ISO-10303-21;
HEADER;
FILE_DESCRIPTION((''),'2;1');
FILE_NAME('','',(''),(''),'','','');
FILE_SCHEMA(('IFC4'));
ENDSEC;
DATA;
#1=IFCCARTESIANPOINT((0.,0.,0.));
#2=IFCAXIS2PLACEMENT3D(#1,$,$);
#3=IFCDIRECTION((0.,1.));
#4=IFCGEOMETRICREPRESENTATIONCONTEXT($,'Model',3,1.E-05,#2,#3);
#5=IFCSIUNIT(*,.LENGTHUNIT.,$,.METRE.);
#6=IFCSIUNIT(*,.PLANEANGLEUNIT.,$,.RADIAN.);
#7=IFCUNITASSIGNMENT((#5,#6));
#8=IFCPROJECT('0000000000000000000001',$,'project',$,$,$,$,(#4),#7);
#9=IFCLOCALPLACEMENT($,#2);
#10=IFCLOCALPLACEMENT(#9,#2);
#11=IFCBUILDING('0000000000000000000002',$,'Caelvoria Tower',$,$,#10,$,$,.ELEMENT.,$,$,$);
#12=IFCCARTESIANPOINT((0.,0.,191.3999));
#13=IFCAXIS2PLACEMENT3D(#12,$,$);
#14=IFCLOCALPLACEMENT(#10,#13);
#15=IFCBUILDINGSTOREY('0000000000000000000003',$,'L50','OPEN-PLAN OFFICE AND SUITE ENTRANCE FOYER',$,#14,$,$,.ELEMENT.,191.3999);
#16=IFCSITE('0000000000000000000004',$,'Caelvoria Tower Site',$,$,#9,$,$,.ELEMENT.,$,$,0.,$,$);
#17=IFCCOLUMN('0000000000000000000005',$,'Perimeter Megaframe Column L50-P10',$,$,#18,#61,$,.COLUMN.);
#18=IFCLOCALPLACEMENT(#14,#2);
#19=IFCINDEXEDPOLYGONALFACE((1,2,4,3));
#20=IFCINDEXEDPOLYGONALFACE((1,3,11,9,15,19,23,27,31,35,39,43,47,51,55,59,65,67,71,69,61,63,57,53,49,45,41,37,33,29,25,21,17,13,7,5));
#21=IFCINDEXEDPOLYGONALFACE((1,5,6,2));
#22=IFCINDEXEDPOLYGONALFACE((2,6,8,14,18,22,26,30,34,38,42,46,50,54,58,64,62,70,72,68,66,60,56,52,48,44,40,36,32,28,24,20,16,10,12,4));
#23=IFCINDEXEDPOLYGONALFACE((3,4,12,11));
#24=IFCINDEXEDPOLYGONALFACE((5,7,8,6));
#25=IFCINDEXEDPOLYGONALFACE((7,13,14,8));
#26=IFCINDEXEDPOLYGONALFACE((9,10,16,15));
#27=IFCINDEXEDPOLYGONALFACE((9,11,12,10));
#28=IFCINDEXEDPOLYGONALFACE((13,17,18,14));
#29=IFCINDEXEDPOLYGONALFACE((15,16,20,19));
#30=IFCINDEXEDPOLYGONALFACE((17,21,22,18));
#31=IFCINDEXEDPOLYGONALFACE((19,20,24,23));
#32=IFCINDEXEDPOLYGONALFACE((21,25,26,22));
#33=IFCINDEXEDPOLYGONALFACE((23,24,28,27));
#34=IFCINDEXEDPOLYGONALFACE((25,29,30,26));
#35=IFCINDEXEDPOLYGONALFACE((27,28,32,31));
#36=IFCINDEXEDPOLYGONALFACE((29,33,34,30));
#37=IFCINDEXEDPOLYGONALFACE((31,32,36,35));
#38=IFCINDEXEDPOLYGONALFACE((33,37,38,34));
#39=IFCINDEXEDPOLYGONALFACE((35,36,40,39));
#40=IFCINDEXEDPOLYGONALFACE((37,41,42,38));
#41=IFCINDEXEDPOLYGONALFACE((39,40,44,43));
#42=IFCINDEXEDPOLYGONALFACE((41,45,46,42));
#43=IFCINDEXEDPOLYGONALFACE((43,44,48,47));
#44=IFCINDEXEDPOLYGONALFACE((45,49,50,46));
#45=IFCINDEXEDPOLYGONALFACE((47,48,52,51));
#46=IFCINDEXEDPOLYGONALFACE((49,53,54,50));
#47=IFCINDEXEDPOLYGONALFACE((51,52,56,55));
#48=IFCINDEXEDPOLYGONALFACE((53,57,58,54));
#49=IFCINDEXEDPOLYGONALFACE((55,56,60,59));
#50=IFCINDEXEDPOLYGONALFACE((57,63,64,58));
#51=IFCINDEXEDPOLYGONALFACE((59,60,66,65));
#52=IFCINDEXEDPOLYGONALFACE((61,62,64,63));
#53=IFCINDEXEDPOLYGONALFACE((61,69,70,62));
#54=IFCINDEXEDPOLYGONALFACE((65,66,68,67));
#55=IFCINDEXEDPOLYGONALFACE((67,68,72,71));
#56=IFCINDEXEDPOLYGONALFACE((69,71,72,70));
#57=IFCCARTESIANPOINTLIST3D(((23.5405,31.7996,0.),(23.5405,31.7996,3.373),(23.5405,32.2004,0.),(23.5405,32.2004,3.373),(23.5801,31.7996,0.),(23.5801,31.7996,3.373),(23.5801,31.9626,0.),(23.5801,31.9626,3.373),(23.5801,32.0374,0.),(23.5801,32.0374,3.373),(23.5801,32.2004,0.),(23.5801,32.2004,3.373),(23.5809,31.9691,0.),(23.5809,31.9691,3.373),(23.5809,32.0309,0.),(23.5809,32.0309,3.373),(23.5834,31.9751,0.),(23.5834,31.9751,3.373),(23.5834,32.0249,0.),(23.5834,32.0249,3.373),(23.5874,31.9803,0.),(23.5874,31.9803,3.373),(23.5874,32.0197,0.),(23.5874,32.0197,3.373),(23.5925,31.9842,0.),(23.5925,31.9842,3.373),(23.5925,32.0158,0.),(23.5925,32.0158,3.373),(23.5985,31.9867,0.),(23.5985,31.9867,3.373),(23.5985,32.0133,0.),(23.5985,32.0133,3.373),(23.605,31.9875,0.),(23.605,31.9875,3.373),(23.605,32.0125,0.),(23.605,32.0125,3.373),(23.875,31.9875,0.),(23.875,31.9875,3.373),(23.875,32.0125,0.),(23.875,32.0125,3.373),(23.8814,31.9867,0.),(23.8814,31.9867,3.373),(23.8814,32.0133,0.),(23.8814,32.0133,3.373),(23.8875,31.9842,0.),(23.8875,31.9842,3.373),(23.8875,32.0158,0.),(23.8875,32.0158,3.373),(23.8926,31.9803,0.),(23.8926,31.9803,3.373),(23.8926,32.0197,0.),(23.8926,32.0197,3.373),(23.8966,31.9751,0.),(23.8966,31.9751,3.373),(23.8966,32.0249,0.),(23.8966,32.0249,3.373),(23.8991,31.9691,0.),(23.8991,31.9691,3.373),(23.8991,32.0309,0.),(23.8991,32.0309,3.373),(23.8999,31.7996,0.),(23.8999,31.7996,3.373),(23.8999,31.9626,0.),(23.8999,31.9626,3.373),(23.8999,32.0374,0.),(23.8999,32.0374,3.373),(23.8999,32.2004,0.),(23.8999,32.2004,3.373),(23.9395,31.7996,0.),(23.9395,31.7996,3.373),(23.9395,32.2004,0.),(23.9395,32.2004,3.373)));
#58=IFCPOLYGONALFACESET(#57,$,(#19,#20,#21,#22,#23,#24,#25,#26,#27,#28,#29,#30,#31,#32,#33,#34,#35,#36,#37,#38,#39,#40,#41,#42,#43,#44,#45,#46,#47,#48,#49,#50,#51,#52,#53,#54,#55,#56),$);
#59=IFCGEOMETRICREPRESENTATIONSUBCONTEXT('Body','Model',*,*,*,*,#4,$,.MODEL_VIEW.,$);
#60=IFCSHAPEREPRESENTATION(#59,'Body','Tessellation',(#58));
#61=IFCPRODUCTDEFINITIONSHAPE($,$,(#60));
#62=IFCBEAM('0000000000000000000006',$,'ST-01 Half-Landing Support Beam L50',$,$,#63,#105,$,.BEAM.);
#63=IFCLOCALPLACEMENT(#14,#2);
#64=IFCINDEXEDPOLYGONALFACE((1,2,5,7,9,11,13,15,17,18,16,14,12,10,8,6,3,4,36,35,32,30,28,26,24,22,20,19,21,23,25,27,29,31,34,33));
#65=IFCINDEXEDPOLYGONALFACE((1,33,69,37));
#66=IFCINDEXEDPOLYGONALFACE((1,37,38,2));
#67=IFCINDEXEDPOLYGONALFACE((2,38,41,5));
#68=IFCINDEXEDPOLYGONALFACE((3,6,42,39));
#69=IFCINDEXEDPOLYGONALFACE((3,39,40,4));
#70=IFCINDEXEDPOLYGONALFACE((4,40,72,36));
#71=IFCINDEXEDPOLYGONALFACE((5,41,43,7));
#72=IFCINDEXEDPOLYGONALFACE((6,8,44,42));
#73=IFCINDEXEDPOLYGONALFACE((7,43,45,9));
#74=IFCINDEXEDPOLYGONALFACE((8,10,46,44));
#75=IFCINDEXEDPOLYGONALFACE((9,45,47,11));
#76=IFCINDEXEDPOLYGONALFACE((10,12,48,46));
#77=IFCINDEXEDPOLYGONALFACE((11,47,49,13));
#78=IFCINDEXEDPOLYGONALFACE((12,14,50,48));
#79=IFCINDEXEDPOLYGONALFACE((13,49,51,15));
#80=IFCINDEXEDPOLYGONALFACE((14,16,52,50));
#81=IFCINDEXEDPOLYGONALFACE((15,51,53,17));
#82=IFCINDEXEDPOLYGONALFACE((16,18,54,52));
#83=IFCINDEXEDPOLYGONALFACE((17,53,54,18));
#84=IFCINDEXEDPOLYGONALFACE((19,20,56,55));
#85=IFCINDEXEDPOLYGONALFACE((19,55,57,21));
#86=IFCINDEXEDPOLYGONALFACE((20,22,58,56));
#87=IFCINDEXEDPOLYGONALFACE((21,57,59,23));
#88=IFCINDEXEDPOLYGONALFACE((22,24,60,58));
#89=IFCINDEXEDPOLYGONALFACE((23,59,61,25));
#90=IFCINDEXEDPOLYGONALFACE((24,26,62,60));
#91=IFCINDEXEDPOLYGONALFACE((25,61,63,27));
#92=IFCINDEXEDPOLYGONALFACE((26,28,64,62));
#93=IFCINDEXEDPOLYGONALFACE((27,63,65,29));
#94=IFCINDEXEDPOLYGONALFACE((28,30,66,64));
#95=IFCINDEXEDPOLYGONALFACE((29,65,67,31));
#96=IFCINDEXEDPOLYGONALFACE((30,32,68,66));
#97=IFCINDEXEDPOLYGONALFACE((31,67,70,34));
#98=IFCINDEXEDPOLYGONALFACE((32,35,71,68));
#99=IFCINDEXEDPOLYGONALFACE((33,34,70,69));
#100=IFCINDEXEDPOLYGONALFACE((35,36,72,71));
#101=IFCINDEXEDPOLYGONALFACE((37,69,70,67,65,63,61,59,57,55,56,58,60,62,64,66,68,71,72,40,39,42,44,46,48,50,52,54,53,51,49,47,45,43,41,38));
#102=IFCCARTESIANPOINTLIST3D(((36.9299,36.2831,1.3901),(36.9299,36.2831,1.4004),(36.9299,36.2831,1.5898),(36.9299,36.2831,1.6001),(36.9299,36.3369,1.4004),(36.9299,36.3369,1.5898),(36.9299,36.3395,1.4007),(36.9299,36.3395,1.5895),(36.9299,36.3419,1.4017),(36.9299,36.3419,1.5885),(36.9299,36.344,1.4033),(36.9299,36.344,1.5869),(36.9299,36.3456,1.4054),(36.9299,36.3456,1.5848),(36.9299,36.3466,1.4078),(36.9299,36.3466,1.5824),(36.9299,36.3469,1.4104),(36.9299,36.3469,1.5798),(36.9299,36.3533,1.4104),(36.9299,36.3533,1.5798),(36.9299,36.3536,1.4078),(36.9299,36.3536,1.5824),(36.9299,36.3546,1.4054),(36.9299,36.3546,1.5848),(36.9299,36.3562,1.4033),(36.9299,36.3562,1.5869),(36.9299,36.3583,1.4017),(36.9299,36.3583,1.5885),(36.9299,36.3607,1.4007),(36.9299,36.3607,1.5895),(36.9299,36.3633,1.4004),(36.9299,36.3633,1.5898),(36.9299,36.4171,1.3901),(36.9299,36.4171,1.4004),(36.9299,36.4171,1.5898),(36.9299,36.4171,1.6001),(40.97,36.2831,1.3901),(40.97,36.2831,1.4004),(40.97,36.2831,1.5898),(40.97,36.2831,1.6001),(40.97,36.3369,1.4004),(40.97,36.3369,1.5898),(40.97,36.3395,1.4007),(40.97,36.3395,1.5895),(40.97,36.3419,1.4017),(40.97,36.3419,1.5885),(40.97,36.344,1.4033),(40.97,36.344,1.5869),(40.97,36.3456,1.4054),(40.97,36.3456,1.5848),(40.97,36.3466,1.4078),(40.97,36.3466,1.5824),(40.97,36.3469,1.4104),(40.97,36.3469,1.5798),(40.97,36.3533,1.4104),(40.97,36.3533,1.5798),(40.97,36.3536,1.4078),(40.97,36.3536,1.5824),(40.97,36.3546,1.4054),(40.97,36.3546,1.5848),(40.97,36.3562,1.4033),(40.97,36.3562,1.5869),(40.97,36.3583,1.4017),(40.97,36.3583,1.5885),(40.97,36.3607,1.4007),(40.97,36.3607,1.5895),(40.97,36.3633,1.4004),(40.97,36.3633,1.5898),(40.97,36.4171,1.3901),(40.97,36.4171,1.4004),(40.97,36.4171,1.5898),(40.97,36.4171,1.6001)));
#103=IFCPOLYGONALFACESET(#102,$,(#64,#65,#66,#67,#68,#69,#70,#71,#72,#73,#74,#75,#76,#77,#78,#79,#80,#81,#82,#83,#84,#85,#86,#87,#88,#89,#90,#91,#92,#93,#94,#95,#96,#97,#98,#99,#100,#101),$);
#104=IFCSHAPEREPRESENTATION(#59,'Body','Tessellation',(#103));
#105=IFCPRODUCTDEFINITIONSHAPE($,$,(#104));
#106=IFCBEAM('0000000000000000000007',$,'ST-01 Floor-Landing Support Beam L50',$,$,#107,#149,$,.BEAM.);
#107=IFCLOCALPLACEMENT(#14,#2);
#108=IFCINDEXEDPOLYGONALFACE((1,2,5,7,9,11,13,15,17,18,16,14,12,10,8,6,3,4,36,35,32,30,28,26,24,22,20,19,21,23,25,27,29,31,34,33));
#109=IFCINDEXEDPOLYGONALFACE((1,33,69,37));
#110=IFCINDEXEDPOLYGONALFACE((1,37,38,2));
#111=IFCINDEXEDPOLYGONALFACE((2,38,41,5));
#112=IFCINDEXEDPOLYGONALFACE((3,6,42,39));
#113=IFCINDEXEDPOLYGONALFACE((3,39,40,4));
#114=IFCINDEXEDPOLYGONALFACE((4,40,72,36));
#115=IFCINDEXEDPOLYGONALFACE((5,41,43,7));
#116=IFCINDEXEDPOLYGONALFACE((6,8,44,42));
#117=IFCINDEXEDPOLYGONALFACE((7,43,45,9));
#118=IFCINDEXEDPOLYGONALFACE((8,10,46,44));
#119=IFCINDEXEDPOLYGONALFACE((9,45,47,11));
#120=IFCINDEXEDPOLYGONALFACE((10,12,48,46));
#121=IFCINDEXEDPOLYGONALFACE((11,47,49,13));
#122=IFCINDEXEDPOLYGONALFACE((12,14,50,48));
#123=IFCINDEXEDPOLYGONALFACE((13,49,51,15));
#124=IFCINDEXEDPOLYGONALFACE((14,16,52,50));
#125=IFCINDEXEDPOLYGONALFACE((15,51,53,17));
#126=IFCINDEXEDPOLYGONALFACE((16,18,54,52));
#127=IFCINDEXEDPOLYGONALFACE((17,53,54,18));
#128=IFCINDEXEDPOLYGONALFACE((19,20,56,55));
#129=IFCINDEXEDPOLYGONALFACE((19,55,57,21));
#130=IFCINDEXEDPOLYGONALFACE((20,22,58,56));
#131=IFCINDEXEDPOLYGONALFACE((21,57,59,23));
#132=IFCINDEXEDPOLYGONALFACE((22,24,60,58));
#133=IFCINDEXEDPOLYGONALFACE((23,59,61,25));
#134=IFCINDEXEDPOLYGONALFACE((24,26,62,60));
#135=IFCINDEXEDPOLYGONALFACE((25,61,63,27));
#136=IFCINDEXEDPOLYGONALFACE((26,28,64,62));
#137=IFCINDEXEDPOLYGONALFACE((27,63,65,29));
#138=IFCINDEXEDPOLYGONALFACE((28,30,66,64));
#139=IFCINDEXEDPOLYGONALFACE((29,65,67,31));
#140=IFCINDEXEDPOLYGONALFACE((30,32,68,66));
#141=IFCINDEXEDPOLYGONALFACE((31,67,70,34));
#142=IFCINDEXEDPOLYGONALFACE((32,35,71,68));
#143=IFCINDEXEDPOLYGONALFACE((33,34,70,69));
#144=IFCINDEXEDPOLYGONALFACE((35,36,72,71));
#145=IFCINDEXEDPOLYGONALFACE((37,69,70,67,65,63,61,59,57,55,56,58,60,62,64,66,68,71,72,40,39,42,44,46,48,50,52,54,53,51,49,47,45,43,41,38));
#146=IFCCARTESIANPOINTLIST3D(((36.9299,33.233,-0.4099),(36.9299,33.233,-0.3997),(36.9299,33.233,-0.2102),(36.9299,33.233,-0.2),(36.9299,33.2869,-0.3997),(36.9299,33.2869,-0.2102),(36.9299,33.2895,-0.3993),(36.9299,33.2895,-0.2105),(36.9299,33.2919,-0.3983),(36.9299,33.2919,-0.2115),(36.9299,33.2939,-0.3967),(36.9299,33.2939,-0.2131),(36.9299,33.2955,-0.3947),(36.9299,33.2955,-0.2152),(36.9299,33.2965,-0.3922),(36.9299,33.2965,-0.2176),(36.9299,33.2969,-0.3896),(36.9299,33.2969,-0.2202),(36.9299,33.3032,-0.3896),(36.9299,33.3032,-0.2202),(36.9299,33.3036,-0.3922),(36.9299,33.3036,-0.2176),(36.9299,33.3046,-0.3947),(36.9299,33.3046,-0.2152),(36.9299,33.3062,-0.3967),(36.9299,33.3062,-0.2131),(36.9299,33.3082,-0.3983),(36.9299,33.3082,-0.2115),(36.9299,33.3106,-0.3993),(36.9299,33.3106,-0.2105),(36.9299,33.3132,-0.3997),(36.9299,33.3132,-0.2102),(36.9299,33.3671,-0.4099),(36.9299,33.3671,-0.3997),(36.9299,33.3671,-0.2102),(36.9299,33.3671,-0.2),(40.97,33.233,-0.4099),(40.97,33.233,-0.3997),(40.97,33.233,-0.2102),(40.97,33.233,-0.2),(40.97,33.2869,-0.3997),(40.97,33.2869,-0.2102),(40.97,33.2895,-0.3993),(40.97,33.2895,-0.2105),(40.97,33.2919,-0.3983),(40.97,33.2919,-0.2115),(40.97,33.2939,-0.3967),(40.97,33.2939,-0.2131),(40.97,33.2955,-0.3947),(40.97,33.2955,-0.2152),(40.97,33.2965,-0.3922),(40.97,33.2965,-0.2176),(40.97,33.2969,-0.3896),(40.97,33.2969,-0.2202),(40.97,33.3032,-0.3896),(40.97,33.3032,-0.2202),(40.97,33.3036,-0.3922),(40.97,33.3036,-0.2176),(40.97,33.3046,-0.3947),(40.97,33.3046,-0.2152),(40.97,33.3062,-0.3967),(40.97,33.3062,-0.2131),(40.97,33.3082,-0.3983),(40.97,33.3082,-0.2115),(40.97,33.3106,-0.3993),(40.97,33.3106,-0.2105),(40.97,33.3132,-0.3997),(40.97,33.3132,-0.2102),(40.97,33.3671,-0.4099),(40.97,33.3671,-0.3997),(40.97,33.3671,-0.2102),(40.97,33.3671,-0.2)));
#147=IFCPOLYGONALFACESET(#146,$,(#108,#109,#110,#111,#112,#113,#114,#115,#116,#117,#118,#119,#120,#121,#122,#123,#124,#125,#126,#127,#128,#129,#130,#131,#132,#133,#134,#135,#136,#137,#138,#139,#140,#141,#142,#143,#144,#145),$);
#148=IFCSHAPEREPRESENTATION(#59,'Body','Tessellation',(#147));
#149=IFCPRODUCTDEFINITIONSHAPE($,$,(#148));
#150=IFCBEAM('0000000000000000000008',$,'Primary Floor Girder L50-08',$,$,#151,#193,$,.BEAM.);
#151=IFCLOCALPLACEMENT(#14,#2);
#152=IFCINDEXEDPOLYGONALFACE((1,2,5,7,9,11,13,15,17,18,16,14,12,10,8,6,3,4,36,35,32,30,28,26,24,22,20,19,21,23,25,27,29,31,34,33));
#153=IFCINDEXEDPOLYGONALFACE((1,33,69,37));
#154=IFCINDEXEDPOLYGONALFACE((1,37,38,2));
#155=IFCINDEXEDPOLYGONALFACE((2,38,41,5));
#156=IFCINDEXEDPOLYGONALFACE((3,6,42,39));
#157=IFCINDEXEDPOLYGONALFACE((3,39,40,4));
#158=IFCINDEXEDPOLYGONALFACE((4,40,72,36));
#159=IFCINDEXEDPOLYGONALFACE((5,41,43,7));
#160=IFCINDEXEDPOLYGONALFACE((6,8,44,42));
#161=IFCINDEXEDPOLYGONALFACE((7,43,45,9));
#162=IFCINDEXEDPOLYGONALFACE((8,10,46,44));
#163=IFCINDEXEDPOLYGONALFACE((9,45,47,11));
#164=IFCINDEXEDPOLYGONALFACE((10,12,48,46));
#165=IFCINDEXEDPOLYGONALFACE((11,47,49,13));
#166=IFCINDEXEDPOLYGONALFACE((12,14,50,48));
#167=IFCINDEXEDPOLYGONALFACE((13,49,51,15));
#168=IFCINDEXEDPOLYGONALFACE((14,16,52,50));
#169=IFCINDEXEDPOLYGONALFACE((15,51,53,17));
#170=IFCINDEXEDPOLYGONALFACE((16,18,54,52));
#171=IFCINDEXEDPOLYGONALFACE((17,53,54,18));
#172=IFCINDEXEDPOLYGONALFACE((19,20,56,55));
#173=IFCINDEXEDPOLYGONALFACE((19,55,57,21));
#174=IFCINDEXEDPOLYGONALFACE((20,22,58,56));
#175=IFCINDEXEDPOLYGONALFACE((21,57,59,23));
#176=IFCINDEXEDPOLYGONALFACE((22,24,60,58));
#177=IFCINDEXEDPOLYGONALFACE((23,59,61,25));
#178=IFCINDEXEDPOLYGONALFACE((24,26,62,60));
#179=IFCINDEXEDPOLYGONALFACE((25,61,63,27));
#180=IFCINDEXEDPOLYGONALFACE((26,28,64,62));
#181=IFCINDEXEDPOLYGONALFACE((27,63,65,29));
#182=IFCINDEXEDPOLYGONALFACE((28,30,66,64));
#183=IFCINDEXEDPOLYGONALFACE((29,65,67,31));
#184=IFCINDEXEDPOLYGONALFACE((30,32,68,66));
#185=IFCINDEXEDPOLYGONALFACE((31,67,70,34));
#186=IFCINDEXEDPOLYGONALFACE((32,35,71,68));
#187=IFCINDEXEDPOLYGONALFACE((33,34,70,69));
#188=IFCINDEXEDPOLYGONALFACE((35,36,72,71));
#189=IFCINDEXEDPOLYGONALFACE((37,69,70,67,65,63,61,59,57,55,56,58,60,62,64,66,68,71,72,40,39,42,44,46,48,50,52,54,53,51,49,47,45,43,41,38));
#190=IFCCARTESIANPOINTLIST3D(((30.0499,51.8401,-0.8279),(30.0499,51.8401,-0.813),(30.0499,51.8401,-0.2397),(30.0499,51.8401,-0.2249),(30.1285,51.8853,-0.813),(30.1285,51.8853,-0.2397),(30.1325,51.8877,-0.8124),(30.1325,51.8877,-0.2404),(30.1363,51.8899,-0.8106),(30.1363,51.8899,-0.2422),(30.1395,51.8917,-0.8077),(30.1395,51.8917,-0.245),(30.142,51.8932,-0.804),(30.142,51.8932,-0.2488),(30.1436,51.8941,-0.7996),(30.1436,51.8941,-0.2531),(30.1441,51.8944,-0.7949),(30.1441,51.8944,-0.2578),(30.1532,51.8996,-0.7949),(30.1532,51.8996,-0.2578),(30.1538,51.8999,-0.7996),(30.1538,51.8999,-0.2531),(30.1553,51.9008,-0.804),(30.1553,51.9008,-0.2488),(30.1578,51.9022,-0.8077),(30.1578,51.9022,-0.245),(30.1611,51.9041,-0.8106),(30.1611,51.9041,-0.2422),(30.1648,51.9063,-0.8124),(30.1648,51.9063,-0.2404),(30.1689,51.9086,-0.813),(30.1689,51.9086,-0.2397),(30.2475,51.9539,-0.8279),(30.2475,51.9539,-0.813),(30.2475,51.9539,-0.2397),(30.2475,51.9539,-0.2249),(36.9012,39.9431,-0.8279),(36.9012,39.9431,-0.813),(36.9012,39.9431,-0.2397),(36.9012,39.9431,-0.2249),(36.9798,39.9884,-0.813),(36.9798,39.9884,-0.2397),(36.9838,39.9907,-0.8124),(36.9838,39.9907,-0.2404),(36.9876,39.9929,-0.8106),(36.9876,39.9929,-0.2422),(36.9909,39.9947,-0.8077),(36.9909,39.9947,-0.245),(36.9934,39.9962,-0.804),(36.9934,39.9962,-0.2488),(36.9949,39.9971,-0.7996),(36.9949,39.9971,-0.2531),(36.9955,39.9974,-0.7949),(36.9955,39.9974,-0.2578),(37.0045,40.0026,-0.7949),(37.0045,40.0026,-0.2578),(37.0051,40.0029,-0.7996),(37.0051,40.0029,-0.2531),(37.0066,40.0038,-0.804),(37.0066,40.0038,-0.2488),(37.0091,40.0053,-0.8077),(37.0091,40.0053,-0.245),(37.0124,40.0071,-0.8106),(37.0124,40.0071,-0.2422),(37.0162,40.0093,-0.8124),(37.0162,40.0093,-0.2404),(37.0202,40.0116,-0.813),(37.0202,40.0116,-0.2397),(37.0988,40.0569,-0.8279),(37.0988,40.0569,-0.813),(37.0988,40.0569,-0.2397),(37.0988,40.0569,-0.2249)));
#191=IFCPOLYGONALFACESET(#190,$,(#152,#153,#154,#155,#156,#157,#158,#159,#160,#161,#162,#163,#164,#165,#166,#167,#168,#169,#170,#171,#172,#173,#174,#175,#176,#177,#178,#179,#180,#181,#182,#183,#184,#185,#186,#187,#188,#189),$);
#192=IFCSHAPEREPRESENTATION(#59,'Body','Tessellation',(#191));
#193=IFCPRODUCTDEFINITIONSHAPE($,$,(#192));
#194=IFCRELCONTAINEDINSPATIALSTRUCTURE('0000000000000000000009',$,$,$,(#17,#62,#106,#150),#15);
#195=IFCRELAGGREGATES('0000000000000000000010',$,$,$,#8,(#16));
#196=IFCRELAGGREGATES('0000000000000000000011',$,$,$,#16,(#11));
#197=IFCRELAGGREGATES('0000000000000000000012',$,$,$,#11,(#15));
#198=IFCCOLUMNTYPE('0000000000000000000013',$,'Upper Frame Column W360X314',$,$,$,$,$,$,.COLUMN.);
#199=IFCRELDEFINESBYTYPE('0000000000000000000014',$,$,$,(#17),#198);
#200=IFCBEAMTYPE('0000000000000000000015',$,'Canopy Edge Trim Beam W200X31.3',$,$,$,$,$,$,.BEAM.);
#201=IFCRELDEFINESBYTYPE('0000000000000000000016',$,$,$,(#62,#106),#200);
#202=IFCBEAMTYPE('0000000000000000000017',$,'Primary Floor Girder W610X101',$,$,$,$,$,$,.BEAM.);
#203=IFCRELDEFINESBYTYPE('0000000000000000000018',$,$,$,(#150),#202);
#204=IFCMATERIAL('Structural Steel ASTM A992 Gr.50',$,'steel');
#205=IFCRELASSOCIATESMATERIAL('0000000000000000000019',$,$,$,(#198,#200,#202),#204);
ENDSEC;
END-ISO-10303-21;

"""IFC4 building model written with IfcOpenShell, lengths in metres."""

from ifc_helpers import new_model, si_unit, direction, frame, origin, origin_2d, place, context, subcontext, project, spatial, i_section, extrude, material, material_profile, profile_set, type_object, element, save


model = new_model("IFC4")

# Units and contexts
model_context = context("Model", 3, precision=1e-05, world=origin(), true_north=direction((0.0, 1.0)))
body_context = subcontext(model_context, "Body", "Model", "MODEL_VIEW")
ifc_project = project(units=[si_unit("LENGTHUNIT", "METRE"), si_unit("PLANEANGLEUNIT", "RADIAN")], contexts=[model_context])

# Site, building, storey
site_placement = place(None, origin())
site = spatial("IfcSite", under=ifc_project, at=site_placement, Name="Caelvoria Tower Site", CompositionType="ELEMENT", RefElevation=0.0)
building_placement = place(site_placement, origin())
building = spatial("IfcBuilding", under=site, at=building_placement, Name="Caelvoria Tower", CompositionType="ELEMENT")
storey_placement = place(building_placement, frame((0.0, 0.0, 191.3999)))
storey = spatial("IfcBuildingStorey", under=building, at=storey_placement, Name="L50", Description="OPEN-PLAN OFFICE AND SUITE ENTRANCE FOYER", CompositionType="ELEMENT", Elevation=191.3999)

# Column
ifc_material_1 = material(Name="Structural Steel ASTM A992 Gr.50", Category="steel")
ifc_material_profile_1 = material_profile(ifc_material_1, i_section(OverallWidth=0.4009, OverallDepth=0.3989, WebThickness=0.0249, FlangeThickness=0.0396, FilletRadius=0.0249, at=origin_2d()), Name="Structural Steel ASTM A992 Gr.50")
ifc_profile_set_1 = profile_set([ifc_material_profile_1], Name="W360X314 - Structural Steel ASTM A992 Gr.50")
column_type = type_object("IfcColumnType", Name="Upper Frame Column W360X314", PredefinedType="COLUMN", material=ifc_profile_set_1)
column_placement = place(storey_placement, frame((23.74, 32.0, 0.0), z_axis=(0.0, 0.0, 1.0), x_axis=(0.0, 1.0, 0.0)))
element("IfcColumn", 1, at=column_placement, inside=storey, type_object=column_type, Name="Perimeter Megaframe Column L50-P10", PredefinedType="COLUMN", context=body_context, shape_type="SweptSolid", body=[
    extrude(i_section(OverallWidth=0.4009, OverallDepth=0.3989, WebThickness=0.0249, FlangeThickness=0.0396, FilletRadius=0.0249, at=origin_2d()), origin(), (0.0, 0.0, 1.0), 3.373),
])

# Beams
ifc_material_profile_2 = material_profile(ifc_material_1, i_section(OverallWidth=0.134, OverallDepth=0.21, WebThickness=0.0063, FlangeThickness=0.0103, FilletRadius=0.01, at=origin_2d()), Name="Structural Steel ASTM A992 Gr.50")
ifc_profile_set_2 = profile_set([ifc_material_profile_2], Name="W200X31.3 - Structural Steel ASTM A992 Gr.50")
beam_type_1 = type_object("IfcBeamType", Name="Canopy Edge Trim Beam W200X31.3", PredefinedType="BEAM", material=ifc_profile_set_2)
for number, where, z_axis, x_axis, name in (
    (2, (36.9299, 36.3501, 1.4951), (1.0, 0.0, 0.0), (0.0, 1.0, 0.0), "ST-01 Half-Landing Support Beam L50"),
    (3, (36.9299, 33.3, -0.3049), (1.0, 0.0, 0.0), (0.0, 1.0, 0.0), "ST-01 Floor-Landing Support Beam L50"),
):
    element("IfcBeam", number, at=place(storey_placement, frame(where, z_axis=z_axis, x_axis=x_axis)), inside=storey, type_object=beam_type_1, Name=name, PredefinedType="BEAM", context=body_context, shape_type="SweptSolid", body=[
        extrude(i_section(OverallWidth=0.134, OverallDepth=0.21, WebThickness=0.0063, FlangeThickness=0.0103, FilletRadius=0.01, at=origin_2d()), origin(), (0.0, 0.0, 1.0), 4.04),
    ])
ifc_material_profile_3 = material_profile(ifc_material_1, i_section(OverallWidth=0.228, OverallDepth=0.603, WebThickness=0.0105, FlangeThickness=0.0149, FilletRadius=0.0181, at=origin_2d()), Name="Structural Steel ASTM A992 Gr.50")
ifc_profile_set_3 = profile_set([ifc_material_profile_3], Name="W610X101 - Structural Steel ASTM A992 Gr.50")
beam_type_2 = type_object("IfcBeamType", Name="Primary Floor Girder W610X101", PredefinedType="BEAM", material=ifc_profile_set_3)
beam_1_placement = place(storey_placement, frame((37.0, 40.0, -0.5264), z_axis=(-0.499049, 0.866574, 0.0), x_axis=(-0.866574, -0.499049, 0.0)))
element("IfcBeam", 4, at=beam_1_placement, inside=storey, type_object=beam_type_2, Name="Primary Floor Girder L50-08", PredefinedType="BEAM", context=body_context, shape_type="SweptSolid", body=[
    extrude(i_section(OverallWidth=0.228, OverallDepth=0.603, WebThickness=0.0105, FlangeThickness=0.0149, FilletRadius=0.0181, at=origin_2d()), origin(), (0.0, 0.0, 1.0), 13.7288),
])

save(model, "model.ifc")
